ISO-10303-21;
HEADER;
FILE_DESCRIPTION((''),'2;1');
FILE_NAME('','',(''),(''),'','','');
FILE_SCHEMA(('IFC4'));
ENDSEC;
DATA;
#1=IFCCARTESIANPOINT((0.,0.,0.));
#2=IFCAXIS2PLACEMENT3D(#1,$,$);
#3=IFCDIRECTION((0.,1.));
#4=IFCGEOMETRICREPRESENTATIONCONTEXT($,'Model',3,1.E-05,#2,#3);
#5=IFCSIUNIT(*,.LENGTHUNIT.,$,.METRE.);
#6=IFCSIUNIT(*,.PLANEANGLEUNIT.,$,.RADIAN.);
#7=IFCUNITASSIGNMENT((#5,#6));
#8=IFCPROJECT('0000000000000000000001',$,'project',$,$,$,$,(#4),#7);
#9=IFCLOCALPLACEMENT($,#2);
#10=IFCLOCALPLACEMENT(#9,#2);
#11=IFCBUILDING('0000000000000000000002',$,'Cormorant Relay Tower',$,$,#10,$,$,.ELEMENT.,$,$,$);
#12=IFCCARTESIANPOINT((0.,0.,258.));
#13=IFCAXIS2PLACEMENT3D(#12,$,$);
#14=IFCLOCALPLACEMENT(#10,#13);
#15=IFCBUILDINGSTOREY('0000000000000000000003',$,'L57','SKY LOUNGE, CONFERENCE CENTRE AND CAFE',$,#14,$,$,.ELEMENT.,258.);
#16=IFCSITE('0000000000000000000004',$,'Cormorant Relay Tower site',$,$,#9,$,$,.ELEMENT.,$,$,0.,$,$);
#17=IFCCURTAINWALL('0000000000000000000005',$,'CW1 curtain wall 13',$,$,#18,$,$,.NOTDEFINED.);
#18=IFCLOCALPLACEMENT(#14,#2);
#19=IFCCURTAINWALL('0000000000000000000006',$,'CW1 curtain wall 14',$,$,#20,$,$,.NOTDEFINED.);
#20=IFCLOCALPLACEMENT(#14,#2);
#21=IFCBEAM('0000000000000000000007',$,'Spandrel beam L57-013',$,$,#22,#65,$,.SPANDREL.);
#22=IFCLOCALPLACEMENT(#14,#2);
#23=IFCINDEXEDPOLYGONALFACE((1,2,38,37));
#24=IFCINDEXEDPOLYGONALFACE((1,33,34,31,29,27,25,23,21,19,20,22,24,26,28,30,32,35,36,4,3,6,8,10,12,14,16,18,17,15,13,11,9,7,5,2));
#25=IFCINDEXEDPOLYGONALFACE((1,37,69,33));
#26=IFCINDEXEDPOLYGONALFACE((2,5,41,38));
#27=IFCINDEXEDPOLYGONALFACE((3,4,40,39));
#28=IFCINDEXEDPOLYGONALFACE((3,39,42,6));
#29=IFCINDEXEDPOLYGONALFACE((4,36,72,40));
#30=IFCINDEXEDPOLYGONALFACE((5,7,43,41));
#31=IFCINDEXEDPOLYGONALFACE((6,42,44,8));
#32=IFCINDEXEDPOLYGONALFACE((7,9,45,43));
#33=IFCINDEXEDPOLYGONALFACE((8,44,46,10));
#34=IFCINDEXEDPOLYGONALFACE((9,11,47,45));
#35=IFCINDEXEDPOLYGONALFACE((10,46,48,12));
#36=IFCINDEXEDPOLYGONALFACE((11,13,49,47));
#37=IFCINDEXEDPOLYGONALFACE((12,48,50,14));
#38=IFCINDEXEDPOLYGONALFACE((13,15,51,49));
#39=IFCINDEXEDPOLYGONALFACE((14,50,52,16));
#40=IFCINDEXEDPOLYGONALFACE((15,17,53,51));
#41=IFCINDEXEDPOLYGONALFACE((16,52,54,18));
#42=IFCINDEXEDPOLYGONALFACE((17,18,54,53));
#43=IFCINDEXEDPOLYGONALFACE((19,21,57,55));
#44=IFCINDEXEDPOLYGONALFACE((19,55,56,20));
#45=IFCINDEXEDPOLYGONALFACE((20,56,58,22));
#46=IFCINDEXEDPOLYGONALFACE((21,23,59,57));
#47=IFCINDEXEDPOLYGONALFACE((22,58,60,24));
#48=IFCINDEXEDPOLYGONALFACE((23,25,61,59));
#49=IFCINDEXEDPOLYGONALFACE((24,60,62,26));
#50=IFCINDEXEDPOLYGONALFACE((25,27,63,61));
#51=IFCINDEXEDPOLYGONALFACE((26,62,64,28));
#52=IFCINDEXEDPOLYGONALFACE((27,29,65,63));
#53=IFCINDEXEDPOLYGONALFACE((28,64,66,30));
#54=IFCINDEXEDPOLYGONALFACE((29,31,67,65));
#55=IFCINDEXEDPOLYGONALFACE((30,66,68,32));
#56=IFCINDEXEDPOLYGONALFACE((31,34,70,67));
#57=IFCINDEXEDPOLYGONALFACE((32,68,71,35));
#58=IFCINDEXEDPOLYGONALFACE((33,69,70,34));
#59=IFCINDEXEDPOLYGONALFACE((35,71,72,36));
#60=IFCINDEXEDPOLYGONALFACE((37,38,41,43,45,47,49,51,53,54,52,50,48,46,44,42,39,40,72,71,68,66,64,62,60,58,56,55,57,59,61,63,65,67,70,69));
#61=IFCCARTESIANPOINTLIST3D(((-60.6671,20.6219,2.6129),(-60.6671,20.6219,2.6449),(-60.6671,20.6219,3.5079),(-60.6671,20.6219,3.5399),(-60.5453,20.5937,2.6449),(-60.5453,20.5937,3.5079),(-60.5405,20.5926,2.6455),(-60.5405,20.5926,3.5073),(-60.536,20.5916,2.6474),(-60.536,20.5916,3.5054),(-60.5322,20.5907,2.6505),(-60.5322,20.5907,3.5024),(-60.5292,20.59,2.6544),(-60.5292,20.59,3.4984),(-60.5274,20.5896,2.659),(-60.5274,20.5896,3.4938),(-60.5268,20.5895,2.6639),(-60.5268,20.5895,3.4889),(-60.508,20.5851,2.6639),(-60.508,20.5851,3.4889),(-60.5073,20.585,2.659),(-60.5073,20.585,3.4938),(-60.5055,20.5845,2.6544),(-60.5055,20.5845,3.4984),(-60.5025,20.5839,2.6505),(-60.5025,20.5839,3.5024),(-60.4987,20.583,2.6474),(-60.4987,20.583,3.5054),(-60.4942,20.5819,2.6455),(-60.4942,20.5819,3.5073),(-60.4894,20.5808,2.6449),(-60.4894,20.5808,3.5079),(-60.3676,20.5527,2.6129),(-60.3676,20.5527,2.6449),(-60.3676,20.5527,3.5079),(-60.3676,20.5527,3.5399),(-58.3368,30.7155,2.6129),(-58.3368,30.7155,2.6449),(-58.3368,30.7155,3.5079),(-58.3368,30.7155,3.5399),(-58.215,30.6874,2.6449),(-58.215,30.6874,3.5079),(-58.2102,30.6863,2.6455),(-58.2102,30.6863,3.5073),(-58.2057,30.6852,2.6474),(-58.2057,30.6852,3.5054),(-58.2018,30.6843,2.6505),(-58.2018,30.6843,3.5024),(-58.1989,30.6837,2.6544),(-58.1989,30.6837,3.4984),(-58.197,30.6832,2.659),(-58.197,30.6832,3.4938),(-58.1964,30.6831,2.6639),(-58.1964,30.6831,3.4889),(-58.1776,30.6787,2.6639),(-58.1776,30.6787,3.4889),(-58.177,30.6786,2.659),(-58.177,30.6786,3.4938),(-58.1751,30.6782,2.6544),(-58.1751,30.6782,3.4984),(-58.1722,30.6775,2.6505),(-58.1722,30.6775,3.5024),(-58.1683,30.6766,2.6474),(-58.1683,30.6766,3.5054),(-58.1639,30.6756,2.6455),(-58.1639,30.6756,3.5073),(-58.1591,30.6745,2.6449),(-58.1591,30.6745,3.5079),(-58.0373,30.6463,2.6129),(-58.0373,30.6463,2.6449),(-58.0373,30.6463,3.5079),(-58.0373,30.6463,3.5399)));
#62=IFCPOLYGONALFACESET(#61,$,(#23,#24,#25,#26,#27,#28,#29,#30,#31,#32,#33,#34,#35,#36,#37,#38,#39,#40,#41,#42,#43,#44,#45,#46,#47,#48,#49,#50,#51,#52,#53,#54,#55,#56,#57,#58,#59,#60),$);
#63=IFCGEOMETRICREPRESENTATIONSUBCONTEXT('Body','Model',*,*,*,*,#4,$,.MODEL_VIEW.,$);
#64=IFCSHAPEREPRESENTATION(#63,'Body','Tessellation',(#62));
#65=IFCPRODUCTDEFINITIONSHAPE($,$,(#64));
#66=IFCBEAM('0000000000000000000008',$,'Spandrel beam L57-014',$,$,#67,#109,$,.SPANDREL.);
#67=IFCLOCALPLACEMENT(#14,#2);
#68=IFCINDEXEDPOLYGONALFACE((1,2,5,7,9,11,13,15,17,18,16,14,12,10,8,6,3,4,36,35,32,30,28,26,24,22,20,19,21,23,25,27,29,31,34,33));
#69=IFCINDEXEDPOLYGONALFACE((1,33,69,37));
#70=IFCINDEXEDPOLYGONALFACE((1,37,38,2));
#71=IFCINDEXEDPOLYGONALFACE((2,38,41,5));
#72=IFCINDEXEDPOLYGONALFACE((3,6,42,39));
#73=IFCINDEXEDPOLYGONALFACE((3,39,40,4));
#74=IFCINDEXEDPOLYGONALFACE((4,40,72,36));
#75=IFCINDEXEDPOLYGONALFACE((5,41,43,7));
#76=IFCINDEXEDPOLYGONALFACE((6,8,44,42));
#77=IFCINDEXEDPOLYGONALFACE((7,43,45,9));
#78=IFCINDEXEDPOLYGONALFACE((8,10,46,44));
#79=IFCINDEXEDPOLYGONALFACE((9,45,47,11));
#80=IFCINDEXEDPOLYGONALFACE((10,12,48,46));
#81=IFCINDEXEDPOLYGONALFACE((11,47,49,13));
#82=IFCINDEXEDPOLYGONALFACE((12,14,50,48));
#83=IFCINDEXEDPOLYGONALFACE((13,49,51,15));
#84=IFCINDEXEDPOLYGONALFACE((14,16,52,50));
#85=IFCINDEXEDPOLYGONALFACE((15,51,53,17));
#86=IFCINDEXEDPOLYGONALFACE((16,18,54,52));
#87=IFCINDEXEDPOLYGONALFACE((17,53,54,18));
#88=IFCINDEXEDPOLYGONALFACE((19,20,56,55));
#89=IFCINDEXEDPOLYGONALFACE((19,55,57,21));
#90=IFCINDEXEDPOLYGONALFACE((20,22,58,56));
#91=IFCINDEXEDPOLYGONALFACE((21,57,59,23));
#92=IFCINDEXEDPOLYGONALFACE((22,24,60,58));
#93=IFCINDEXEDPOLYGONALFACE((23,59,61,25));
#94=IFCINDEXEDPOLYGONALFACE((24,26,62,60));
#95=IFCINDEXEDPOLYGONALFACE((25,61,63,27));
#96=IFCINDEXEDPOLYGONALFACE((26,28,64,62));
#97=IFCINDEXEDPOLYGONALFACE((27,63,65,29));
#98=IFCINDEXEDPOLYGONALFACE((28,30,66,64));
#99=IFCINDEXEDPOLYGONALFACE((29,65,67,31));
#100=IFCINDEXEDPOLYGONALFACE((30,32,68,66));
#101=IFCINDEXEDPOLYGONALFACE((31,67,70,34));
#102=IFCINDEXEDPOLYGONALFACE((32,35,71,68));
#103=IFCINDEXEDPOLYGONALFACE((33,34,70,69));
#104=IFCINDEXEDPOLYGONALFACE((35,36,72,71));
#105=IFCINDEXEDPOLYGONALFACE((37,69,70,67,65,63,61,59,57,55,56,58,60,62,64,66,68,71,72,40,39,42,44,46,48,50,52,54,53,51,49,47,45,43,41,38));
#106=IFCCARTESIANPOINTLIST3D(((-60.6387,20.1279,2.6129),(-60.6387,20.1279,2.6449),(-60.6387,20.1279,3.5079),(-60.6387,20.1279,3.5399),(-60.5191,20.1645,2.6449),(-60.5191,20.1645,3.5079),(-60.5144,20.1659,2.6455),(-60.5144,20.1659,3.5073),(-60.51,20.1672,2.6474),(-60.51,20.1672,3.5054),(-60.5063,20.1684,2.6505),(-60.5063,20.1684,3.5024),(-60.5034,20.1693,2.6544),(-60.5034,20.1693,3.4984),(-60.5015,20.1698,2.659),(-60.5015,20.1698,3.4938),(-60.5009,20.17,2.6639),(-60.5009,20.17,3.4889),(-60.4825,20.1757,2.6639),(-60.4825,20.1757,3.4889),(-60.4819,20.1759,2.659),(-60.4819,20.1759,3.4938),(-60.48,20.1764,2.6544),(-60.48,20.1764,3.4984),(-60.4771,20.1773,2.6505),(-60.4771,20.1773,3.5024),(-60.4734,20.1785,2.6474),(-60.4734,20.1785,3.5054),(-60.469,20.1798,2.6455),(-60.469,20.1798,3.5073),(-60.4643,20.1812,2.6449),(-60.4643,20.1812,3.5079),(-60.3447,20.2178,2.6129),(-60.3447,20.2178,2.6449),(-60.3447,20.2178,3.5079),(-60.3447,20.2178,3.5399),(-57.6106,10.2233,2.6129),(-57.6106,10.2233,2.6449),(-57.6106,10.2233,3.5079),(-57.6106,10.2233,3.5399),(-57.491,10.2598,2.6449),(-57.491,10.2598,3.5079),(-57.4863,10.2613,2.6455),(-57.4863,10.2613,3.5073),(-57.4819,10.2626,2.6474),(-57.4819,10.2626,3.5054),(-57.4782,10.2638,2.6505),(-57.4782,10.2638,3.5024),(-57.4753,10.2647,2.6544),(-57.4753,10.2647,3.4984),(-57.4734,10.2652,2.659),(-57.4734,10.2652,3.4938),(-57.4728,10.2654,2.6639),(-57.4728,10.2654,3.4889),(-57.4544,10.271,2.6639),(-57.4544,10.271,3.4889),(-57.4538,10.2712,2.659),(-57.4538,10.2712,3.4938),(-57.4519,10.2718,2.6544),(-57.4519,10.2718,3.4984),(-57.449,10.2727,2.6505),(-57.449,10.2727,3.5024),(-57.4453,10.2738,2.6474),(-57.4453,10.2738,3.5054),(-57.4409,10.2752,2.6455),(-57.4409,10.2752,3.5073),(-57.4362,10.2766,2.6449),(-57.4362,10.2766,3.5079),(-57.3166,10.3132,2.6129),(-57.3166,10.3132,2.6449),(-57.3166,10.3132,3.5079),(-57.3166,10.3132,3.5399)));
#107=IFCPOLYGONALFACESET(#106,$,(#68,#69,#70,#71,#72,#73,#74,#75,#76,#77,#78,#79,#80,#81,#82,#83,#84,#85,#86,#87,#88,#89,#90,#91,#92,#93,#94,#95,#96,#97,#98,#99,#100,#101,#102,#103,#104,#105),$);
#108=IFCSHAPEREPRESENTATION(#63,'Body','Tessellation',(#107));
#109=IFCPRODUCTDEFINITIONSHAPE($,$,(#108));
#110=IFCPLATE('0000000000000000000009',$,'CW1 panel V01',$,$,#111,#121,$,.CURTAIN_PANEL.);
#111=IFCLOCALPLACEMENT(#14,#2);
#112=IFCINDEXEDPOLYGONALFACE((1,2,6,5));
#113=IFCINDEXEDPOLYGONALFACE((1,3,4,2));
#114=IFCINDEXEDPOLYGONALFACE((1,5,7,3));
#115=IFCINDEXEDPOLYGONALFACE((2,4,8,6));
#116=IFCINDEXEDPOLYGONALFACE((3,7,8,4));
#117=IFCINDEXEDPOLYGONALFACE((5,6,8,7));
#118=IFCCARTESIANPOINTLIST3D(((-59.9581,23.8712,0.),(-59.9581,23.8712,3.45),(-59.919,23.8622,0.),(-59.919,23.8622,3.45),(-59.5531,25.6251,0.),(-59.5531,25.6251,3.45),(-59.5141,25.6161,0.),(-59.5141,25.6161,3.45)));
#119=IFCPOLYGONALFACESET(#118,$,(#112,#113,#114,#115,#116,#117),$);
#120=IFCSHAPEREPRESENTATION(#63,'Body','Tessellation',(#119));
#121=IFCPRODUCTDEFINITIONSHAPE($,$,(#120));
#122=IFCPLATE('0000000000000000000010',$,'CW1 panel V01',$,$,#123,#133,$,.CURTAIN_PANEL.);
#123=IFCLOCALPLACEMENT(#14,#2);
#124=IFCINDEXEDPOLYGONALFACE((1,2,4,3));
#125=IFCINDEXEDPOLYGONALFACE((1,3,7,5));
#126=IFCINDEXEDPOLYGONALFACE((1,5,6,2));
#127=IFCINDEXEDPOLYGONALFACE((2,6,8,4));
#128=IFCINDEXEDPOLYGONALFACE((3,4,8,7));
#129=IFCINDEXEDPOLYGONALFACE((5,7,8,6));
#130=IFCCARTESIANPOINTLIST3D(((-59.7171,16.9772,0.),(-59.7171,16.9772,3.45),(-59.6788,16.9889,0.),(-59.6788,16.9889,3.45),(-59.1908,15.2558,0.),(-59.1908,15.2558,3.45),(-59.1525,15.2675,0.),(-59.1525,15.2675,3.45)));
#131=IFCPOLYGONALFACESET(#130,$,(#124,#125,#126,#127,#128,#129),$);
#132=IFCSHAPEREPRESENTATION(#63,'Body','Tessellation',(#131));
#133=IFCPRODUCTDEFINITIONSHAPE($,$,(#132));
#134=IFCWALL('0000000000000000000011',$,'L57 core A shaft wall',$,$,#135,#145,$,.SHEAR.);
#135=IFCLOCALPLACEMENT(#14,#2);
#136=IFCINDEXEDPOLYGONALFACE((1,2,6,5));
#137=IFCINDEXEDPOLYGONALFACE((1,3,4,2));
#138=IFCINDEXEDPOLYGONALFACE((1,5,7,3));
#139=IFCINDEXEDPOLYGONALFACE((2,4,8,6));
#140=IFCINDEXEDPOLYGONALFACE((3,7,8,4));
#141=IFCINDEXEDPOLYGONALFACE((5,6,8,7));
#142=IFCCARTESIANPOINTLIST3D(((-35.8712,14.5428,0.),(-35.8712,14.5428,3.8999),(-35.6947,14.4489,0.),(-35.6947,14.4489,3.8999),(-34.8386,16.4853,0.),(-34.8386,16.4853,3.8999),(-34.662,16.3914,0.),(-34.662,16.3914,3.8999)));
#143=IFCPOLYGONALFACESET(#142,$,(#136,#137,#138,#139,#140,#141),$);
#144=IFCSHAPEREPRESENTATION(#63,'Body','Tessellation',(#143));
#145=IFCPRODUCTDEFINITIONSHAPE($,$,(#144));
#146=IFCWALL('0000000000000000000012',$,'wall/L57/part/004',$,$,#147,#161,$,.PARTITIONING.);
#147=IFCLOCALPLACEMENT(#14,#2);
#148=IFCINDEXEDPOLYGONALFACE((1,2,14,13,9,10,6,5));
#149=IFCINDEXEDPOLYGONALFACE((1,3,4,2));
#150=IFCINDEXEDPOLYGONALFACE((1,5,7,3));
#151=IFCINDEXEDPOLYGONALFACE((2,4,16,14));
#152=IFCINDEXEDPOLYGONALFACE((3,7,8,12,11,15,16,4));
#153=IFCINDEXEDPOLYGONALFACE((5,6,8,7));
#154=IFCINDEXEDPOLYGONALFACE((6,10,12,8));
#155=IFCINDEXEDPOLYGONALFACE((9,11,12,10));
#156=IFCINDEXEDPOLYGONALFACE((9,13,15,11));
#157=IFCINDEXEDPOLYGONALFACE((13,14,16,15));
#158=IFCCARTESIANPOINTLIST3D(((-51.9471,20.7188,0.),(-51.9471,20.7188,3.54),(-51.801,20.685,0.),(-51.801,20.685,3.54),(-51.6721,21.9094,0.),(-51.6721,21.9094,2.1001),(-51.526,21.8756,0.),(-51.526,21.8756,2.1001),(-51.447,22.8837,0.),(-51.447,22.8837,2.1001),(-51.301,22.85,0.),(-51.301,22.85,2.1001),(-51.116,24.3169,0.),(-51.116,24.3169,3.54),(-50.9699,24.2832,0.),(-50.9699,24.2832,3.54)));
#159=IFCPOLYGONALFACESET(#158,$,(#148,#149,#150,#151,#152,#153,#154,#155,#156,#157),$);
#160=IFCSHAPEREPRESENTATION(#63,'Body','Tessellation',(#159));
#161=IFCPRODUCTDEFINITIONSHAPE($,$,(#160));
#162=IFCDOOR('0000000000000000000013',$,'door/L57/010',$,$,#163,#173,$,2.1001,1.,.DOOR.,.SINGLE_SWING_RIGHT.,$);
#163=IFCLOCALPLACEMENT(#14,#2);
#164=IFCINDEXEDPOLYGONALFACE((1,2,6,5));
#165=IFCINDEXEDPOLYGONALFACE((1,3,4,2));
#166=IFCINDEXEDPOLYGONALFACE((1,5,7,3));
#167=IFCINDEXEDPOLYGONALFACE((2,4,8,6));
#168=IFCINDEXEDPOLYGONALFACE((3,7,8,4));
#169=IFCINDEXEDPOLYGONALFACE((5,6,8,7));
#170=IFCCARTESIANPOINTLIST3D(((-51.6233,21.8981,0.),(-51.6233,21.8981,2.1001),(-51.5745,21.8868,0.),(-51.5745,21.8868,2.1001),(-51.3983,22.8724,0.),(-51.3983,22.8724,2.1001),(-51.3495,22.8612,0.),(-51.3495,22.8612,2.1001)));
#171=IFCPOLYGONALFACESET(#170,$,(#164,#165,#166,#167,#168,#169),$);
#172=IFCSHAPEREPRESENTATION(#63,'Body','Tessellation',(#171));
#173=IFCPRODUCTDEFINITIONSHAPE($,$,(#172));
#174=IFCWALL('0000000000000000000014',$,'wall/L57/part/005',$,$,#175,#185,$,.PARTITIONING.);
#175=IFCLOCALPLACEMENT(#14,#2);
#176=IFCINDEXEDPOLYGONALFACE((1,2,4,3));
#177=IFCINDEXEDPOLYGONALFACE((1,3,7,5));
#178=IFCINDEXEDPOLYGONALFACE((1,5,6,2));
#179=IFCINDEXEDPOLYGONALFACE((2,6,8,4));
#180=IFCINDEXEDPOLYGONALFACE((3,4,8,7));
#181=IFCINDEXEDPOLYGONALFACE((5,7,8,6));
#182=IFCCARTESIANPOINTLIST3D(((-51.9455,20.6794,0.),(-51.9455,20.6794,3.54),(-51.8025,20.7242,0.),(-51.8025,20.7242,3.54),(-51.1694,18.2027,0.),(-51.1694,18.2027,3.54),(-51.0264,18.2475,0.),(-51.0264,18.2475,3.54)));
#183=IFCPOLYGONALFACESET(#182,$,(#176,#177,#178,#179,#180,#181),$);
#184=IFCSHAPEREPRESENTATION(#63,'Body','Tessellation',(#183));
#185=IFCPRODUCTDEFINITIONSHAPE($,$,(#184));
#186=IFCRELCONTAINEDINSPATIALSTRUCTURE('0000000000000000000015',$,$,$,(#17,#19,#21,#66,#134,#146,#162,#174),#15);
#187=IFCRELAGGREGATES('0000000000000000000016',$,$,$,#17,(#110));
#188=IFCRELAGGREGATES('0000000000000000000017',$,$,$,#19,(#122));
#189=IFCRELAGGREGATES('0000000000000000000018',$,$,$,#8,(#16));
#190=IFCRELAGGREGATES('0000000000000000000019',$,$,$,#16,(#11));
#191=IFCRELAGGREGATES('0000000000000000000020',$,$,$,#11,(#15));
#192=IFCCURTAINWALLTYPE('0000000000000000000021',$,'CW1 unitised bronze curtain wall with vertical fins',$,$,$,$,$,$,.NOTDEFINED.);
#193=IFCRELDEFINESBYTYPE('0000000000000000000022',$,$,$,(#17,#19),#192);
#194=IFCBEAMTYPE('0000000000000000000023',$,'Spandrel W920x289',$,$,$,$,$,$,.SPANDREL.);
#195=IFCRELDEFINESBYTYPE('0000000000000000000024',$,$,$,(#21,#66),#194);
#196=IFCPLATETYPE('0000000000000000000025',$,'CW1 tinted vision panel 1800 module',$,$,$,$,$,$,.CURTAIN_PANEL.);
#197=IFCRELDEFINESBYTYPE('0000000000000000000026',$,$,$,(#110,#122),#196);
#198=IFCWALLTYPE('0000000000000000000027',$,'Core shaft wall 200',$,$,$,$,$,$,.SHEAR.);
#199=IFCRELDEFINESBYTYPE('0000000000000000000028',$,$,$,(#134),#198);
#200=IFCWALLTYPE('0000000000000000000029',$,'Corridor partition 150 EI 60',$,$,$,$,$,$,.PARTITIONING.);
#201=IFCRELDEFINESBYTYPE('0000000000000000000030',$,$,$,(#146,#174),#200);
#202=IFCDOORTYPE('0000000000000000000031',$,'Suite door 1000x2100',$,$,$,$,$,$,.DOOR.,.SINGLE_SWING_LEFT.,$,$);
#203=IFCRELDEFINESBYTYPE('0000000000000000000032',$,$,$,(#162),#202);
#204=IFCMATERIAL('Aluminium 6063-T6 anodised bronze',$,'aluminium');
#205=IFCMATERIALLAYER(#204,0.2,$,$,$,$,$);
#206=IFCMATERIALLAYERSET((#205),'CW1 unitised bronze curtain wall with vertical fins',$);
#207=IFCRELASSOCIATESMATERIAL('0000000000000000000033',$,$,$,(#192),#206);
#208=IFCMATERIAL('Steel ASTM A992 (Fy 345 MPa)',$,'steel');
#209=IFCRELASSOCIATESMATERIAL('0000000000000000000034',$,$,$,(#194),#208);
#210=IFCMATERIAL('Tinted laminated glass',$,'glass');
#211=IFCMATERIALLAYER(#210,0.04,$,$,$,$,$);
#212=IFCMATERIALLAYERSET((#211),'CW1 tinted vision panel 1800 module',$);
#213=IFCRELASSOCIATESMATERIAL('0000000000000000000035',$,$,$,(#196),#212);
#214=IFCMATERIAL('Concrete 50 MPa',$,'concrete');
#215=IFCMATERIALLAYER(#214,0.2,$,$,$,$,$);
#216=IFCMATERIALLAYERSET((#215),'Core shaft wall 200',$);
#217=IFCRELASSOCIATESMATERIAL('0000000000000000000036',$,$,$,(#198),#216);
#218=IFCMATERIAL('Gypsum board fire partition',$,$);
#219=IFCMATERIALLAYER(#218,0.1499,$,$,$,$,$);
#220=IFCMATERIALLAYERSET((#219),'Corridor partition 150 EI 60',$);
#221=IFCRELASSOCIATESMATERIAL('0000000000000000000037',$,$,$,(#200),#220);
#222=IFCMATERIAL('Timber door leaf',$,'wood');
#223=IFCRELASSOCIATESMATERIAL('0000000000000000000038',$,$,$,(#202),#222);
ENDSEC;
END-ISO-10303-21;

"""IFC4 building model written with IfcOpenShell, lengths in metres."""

from ifc_helpers import new_model, si_unit, direction, frame, frame_2d, origin, origin_2d, place, context, subcontext, project, spatial, rectangle, i_section, extrude, material, layer, layer_set, material_profile, profile_set, type_object, element, fill, aggregate, save


model = new_model("IFC4")

# Units and contexts
model_context = context("Model", 3, precision=1e-05, world=origin(), true_north=direction((0.0, 1.0)))
body_context = subcontext(model_context, "Body", "Model", "MODEL_VIEW")
ifc_project = project(units=[si_unit("LENGTHUNIT", "METRE"), si_unit("PLANEANGLEUNIT", "RADIAN")], contexts=[model_context])

# Site, building, storey
site_placement = place(None, origin())
site = spatial("IfcSite", under=ifc_project, at=site_placement, Name="Cormorant Relay Tower site", CompositionType="ELEMENT", RefElevation=0.0)
building_placement = place(site_placement, origin())
building = spatial("IfcBuilding", under=site, at=building_placement, Name="Cormorant Relay Tower", CompositionType="ELEMENT")
storey_placement = place(building_placement, frame((0.0, 0.0, 258.0)))
storey = spatial("IfcBuildingStorey", under=building, at=storey_placement, Name="L57", Description="SKY LOUNGE, CONFERENCE CENTRE AND CAFE", CompositionType="ELEMENT", Elevation=258.0)

# Curtain wall
ifc_material_1 = material(Name="Aluminium 6063-T6 anodised bronze", Category="aluminium")
ifc_layer_1 = layer(ifc_material_1, 0.2)
ifc_layer_set_1 = layer_set([ifc_layer_1], Name="CW1 unitised bronze curtain wall with vertical fins")
curtain_wall_type = type_object("IfcCurtainWallType", Name="CW1 unitised bronze curtain wall with vertical fins", PredefinedType="NOTDEFINED", material=ifc_layer_set_1)
curtain_wall_1_placement = place(storey_placement, origin())
curtain_wall_1 = element("IfcCurtainWall", 1, at=curtain_wall_1_placement, inside=storey, type_object=curtain_wall_type, Name="CW1 curtain wall 13", PredefinedType="NOTDEFINED")

# Curtain wall
curtain_wall_2_placement = place(storey_placement, origin())
curtain_wall_2 = element("IfcCurtainWall", 2, at=curtain_wall_2_placement, inside=storey, type_object=curtain_wall_type, Name="CW1 curtain wall 14", PredefinedType="NOTDEFINED")

# Beams
ifc_material_2 = material(Name="Steel ASTM A992 (Fy 345 MPa)", Category="steel")
ifc_material_profile_1 = material_profile(ifc_material_2, i_section(OverallWidth=0.3074, OverallDepth=0.927, WebThickness=0.0193, FlangeThickness=0.032, FilletRadius=0.019, at=origin_2d()), Name="W920x289")
ifc_profile_set_1 = profile_set([ifc_material_profile_1], Name="Steel ASTM A992 (Fy 345 MPa)")
beam_type = type_object("IfcBeamType", Name="Spandrel W920x289", PredefinedType="SPANDREL", material=ifc_profile_set_1)
beam_1_placement = place(storey_placement, frame((-58.187, 30.6809, 3.0764), z_axis=(-0.224956, -0.974369, 0.0), x_axis=(0.974369, -0.224956, 0.0)))
element("IfcBeam", 3, at=beam_1_placement, inside=storey, type_object=beam_type, Name="Spandrel beam L57-013", PredefinedType="SPANDREL", context=body_context, shape_type="SweptSolid", body=[
    extrude(i_section(OverallWidth=0.3074, OverallDepth=0.927, WebThickness=0.0193, FlangeThickness=0.032, FilletRadius=0.019, at=origin_2d()), origin(), (0.0, 0.0, 1.0), 10.3591),
])
beam_2_placement = place(storey_placement, frame((-60.4917, 20.1729, 3.0764), z_axis=(0.292368, -0.956306, 0.0), x_axis=(0.956306, 0.292368, 0.0)))
element("IfcBeam", 4, at=beam_2_placement, inside=storey, type_object=beam_type, Name="Spandrel beam L57-014", PredefinedType="SPANDREL", context=body_context, shape_type="SweptSolid", body=[
    extrude(i_section(OverallWidth=0.3074, OverallDepth=0.927, WebThickness=0.0193, FlangeThickness=0.032, FilletRadius=0.019, at=origin_2d()), origin(), (0.0, 0.0, 1.0), 10.3572),
])

# Plates
ifc_material_3 = material(Name="Tinted laminated glass", Category="glass")
ifc_layer_2 = layer(ifc_material_3, 0.04)
ifc_layer_set_2 = layer_set([ifc_layer_2], Name="CW1 tinted vision panel 1800 module")
plate_type = type_object("IfcPlateType", Name="CW1 tinted vision panel 1800 module", PredefinedType="CURTAIN_PANEL", material=ifc_layer_set_2)
plate_1_placement = place(storey_placement, frame((-59.7361, 24.7437, 0.0), z_axis=(0.0, 0.0, 1.0), x_axis=(-0.224951, -0.97437, 0.0)))
plate_1 = element("IfcPlate", 5, at=plate_1_placement, type_object=plate_type, Name="CW1 panel V01", PredefinedType="CURTAIN_PANEL", context=body_context, shape_type="SweptSolid", body=[
    extrude(rectangle(XDim=1.8, YDim=0.04, at=origin_2d()), origin(), (0.0, 0.0, 1.0), 3.45),
])
plate_2_placement = place(storey_placement, frame((-59.4348, 16.1223, 0.0), z_axis=(0.0, 0.0, 1.0), x_axis=(0.292372, -0.956305, 0.0)))
plate_2 = element("IfcPlate", 6, at=plate_2_placement, type_object=plate_type, Name="CW1 panel V01", PredefinedType="CURTAIN_PANEL", context=body_context, shape_type="SweptSolid", body=[
    extrude(rectangle(XDim=1.8, YDim=0.04, at=origin_2d()), origin(), (0.0, 0.0, 1.0), 3.45),
])

# Wall
ifc_material_4 = material(Name="Concrete 50 MPa", Category="concrete")
ifc_layer_3 = layer(ifc_material_4, 0.2)
ifc_layer_set_3 = layer_set([ifc_layer_3], Name="Core shaft wall 200")
wall_type_1 = type_object("IfcWallType", Name="Core shaft wall 200", PredefinedType="SHEAR", material=ifc_layer_set_3)
wall_1_placement = place(storey_placement, frame((-34.7502, 16.4385, 0.0), z_axis=(0.0, 0.0, 1.0), x_axis=(-0.469401, -0.882985, 0.0)))
element("IfcWall", 7, at=wall_1_placement, inside=storey, type_object=wall_type_1, Name="L57 core A shaft wall", PredefinedType="SHEAR", context=body_context, shape_type="SweptSolid", body=[
    extrude(rectangle(XDim=2.2, YDim=0.2, at=frame_2d((1.1001, 0.0))), origin(), (0.0, 0.0, 1.0), 3.8999),
])

# Wall, opening, door
ifc_material_5 = material(Name="Gypsum board fire partition")
ifc_layer_4 = layer(ifc_material_5, 0.1499)
ifc_layer_set_4 = layer_set([ifc_layer_4], Name="Corridor partition 150 EI 60")
wall_type_2 = type_object("IfcWallType", Name="Corridor partition 150 EI 60", PredefinedType="PARTITIONING", material=ifc_layer_set_4)
wall_2_placement = place(storey_placement, frame((-51.043, 24.3, 0.0), z_axis=(0.0, 0.0, 1.0), x_axis=(-0.225043, -0.974349, 0.0)))
wall_2 = element("IfcWall", 8, at=wall_2_placement, inside=storey, type_object=wall_type_2, Name="wall/L57/part/004", PredefinedType="PARTITIONING", context=body_context, shape_type="SweptSolid", body=[
    extrude(rectangle(XDim=3.6929, YDim=0.1499, at=frame_2d((1.8464, 0.0))), origin(), (0.0, 0.0, 1.0), 3.54),
])
opening_1_placement = place(wall_2_placement, frame((1.4709, 0.0, 0.0)))
opening_1 = element("IfcOpeningElement", 9, at=opening_1_placement, cuts=wall_2, PredefinedType="OPENING", context=body_context, shape_type="SweptSolid", body=[
    extrude(rectangle(XDim=1.0, YDim=2.1001, at=frame_2d((0.5, 1.05))), frame((0.0, 0.085, 0.0), z_axis=(0.0, -1.0, 0.0), x_axis=(1.0, 0.0, 0.0)), (0.0, 0.0, 1.0), 0.1699),
])
ifc_material_6 = material(Name="Timber door leaf", Category="wood")
door_type = type_object("IfcDoorType", Name="Suite door 1000x2100", OperationType="SINGLE_SWING_LEFT", PredefinedType="DOOR", material=ifc_material_6)
door_1_placement = place(opening_1_placement, frame((1.0, 0.0, 0.0), z_axis=(0.0, 0.0, 1.0), x_axis=(-1.0, 0.0, 0.0)))
door_1 = element("IfcDoor", 10, at=door_1_placement, inside=storey, type_object=door_type, Name="door/L57/010", OperationType="SINGLE_SWING_RIGHT", OverallHeight=2.1001, OverallWidth=1.0, PredefinedType="DOOR", context=body_context, shape_type="SweptSolid", body=[
    extrude(rectangle(XDim=1.0, YDim=2.1001, at=frame_2d((0.5, 1.05))), frame((0.0, 0.0249, 0.0), z_axis=(0.0, -1.0, 0.0), x_axis=(1.0, 0.0, 0.0)), (0.0, 0.0, 1.0), 0.05),
])
fill(opening_1, door_1)

# Wall
wall_3_placement = place(storey_placement, frame((-51.874, 20.7019, 0.0), z_axis=(0.0, 0.0, 1.0), x_axis=(0.299019, -0.954247, 0.0)))
element("IfcWall", 11, at=wall_3_placement, inside=storey, type_object=wall_type_2, Name="wall/L57/part/005", PredefinedType="PARTITIONING", context=body_context, shape_type="SweptSolid", body=[
    extrude(rectangle(XDim=2.5955, YDim=0.1499, at=frame_2d((1.2979, 0.0))), origin(), (0.0, 0.0, 1.0), 3.54),
])

aggregate(curtain_wall_1, [plate_1])
aggregate(curtain_wall_2, [plate_2])

save(model, "model.ifc")
